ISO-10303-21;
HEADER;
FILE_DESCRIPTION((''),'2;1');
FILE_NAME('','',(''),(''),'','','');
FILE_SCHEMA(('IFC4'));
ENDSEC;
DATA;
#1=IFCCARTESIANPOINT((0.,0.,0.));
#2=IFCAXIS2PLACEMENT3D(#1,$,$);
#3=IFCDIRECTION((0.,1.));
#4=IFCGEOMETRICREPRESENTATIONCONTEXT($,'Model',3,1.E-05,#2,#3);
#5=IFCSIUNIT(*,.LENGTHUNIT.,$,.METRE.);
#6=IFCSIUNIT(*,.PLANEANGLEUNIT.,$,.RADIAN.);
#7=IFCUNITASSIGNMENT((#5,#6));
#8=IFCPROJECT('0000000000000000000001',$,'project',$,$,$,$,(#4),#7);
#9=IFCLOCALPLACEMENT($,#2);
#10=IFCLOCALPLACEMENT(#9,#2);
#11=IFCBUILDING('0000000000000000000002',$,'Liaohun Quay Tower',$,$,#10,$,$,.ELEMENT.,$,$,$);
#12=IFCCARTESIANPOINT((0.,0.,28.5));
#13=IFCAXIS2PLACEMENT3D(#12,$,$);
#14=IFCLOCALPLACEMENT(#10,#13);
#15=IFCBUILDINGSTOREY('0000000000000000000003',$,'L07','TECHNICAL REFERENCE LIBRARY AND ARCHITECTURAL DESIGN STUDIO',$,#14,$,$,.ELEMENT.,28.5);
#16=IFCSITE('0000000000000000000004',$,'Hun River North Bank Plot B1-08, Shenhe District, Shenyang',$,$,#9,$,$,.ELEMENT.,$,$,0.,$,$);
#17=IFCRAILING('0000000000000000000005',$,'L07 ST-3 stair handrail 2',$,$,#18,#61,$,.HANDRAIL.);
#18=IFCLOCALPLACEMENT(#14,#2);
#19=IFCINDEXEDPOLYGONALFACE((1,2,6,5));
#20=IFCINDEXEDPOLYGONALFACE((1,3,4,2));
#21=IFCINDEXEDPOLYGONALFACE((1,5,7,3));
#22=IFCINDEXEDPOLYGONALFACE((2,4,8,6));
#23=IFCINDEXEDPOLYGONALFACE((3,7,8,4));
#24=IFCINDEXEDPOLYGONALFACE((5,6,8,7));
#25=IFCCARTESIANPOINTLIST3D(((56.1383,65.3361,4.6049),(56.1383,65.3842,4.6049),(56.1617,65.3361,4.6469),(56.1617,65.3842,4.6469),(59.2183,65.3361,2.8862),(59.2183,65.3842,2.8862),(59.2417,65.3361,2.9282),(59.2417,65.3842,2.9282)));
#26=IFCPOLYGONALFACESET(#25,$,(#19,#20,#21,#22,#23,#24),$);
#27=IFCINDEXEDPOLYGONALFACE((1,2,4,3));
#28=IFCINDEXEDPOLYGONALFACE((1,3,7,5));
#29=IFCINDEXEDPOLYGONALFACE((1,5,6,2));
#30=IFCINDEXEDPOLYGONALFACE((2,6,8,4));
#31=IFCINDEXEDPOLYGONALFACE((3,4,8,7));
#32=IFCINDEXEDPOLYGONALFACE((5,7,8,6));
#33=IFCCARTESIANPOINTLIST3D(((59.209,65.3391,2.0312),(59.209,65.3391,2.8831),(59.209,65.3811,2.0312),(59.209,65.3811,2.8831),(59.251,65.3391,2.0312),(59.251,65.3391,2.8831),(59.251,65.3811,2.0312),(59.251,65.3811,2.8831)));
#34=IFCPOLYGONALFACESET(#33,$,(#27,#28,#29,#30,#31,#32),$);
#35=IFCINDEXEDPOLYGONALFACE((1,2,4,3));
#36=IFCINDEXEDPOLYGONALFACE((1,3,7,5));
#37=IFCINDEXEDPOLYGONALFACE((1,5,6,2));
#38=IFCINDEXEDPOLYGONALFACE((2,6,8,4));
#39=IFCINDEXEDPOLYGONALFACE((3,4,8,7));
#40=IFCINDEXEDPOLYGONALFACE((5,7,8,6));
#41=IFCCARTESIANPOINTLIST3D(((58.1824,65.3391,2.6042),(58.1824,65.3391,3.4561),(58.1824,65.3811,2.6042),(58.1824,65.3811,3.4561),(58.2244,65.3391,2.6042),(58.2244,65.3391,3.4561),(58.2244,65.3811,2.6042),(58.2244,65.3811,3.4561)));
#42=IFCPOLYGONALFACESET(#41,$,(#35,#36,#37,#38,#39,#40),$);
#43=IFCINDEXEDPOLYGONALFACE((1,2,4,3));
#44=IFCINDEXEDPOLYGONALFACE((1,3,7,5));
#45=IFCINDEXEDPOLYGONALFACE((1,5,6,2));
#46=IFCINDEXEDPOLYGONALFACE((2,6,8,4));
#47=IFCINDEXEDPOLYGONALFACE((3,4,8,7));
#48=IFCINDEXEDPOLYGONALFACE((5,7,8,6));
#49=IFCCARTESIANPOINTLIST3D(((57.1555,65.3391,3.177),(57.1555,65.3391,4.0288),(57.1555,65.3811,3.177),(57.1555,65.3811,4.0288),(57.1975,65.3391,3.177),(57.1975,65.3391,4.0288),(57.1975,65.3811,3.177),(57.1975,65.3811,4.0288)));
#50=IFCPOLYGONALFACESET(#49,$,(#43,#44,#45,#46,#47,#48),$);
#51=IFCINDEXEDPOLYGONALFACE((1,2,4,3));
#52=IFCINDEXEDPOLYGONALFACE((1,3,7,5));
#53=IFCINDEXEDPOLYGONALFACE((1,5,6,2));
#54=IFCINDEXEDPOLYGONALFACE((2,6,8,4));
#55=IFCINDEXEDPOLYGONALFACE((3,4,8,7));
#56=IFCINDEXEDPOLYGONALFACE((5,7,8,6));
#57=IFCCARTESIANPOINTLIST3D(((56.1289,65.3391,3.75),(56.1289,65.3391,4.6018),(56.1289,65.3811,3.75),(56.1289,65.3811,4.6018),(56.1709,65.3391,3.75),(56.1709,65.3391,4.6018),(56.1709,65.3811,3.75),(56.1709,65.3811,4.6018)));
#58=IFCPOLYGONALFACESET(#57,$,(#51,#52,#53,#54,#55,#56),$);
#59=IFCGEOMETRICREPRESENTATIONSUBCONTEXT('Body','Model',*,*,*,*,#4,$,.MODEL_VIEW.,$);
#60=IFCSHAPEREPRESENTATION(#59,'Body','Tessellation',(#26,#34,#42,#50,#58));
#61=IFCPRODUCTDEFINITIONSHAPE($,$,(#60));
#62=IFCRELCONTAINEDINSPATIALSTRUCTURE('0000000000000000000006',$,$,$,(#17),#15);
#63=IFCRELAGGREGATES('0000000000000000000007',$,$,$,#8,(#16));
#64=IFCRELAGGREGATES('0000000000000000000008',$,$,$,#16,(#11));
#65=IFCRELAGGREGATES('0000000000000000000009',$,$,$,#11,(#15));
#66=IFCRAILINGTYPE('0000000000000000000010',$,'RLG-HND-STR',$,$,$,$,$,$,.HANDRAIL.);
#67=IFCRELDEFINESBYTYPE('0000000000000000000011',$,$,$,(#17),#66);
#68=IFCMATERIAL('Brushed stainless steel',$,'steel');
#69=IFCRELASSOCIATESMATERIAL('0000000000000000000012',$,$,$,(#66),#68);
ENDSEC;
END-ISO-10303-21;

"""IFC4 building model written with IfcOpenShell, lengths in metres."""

from ifc_helpers import new_model, si_unit, direction, frame, origin, origin_2d, place, context, subcontext, project, spatial, rectangle, extrude, material, type_object, element, save


model = new_model("IFC4")

# Units and contexts
model_context = context("Model", 3, precision=1e-05, world=origin(), true_north=direction((0.0, 1.0)))
body_context = subcontext(model_context, "Body", "Model", "MODEL_VIEW")
ifc_project = project(units=[si_unit("LENGTHUNIT", "METRE"), si_unit("PLANEANGLEUNIT", "RADIAN")], contexts=[model_context])

# Site, building, storey
site_placement = place(None, origin())
site = spatial("IfcSite", under=ifc_project, at=site_placement, Name="Hun River North Bank Plot B1-08, Shenhe District, Shenyang", CompositionType="ELEMENT", RefElevation=0.0)
building_placement = place(site_placement, origin())
building = spatial("IfcBuilding", under=site, at=building_placement, Name="Liaohun Quay Tower", CompositionType="ELEMENT")
storey_placement = place(building_placement, frame((0.0, 0.0, 28.5)))
storey = spatial("IfcBuildingStorey", under=building, at=storey_placement, Name="L07", Description="TECHNICAL REFERENCE LIBRARY AND ARCHITECTURAL DESIGN STUDIO", CompositionType="ELEMENT", Elevation=28.5)

# Railing
ifc_material_1 = material(Name="Brushed stainless steel", Category="steel")
railing_type_1 = type_object("IfcRailingType", Name="RLG-HND-STR", PredefinedType="HANDRAIL", material=ifc_material_1)
railing_1_placement = place(storey_placement, frame((59.23, 65.3601, 2.0312)))
element("IfcRailing", 1, at=railing_1_placement, inside=storey, type_object=railing_type_1, Name="L07 ST-3 stair handrail 2", PredefinedType="HANDRAIL", context=body_context, shape_type="SweptSolid", body=[
    extrude(rectangle(XDim=0.0481, YDim=0.0481, at=origin_2d()), frame((0.0, 0.0, 0.876), z_axis=(-0.873242, 0.0, 0.487288), x_axis=(0.0, -1.0, 0.0)), (0.0, 0.0, 1.0), 3.5271),
    extrude(rectangle(XDim=0.042, YDim=0.042, at=origin_2d()), origin(), (0.0, 0.0, 1.0), 0.8518),
    extrude(rectangle(XDim=0.042, YDim=0.042, at=origin_2d()), frame((-1.0266, 0.0, 0.573)), (0.0, 0.0, 1.0), 0.8518),
    extrude(rectangle(XDim=0.042, YDim=0.042, at=origin_2d()), frame((-2.0535, 0.0, 1.1458)), (0.0, 0.0, 1.0), 0.8518),
    extrude(rectangle(XDim=0.042, YDim=0.042, at=origin_2d()), frame((-3.0801, 0.0, 1.7188)), (0.0, 0.0, 1.0), 0.8518),
])

save(model, "model.ifc")
